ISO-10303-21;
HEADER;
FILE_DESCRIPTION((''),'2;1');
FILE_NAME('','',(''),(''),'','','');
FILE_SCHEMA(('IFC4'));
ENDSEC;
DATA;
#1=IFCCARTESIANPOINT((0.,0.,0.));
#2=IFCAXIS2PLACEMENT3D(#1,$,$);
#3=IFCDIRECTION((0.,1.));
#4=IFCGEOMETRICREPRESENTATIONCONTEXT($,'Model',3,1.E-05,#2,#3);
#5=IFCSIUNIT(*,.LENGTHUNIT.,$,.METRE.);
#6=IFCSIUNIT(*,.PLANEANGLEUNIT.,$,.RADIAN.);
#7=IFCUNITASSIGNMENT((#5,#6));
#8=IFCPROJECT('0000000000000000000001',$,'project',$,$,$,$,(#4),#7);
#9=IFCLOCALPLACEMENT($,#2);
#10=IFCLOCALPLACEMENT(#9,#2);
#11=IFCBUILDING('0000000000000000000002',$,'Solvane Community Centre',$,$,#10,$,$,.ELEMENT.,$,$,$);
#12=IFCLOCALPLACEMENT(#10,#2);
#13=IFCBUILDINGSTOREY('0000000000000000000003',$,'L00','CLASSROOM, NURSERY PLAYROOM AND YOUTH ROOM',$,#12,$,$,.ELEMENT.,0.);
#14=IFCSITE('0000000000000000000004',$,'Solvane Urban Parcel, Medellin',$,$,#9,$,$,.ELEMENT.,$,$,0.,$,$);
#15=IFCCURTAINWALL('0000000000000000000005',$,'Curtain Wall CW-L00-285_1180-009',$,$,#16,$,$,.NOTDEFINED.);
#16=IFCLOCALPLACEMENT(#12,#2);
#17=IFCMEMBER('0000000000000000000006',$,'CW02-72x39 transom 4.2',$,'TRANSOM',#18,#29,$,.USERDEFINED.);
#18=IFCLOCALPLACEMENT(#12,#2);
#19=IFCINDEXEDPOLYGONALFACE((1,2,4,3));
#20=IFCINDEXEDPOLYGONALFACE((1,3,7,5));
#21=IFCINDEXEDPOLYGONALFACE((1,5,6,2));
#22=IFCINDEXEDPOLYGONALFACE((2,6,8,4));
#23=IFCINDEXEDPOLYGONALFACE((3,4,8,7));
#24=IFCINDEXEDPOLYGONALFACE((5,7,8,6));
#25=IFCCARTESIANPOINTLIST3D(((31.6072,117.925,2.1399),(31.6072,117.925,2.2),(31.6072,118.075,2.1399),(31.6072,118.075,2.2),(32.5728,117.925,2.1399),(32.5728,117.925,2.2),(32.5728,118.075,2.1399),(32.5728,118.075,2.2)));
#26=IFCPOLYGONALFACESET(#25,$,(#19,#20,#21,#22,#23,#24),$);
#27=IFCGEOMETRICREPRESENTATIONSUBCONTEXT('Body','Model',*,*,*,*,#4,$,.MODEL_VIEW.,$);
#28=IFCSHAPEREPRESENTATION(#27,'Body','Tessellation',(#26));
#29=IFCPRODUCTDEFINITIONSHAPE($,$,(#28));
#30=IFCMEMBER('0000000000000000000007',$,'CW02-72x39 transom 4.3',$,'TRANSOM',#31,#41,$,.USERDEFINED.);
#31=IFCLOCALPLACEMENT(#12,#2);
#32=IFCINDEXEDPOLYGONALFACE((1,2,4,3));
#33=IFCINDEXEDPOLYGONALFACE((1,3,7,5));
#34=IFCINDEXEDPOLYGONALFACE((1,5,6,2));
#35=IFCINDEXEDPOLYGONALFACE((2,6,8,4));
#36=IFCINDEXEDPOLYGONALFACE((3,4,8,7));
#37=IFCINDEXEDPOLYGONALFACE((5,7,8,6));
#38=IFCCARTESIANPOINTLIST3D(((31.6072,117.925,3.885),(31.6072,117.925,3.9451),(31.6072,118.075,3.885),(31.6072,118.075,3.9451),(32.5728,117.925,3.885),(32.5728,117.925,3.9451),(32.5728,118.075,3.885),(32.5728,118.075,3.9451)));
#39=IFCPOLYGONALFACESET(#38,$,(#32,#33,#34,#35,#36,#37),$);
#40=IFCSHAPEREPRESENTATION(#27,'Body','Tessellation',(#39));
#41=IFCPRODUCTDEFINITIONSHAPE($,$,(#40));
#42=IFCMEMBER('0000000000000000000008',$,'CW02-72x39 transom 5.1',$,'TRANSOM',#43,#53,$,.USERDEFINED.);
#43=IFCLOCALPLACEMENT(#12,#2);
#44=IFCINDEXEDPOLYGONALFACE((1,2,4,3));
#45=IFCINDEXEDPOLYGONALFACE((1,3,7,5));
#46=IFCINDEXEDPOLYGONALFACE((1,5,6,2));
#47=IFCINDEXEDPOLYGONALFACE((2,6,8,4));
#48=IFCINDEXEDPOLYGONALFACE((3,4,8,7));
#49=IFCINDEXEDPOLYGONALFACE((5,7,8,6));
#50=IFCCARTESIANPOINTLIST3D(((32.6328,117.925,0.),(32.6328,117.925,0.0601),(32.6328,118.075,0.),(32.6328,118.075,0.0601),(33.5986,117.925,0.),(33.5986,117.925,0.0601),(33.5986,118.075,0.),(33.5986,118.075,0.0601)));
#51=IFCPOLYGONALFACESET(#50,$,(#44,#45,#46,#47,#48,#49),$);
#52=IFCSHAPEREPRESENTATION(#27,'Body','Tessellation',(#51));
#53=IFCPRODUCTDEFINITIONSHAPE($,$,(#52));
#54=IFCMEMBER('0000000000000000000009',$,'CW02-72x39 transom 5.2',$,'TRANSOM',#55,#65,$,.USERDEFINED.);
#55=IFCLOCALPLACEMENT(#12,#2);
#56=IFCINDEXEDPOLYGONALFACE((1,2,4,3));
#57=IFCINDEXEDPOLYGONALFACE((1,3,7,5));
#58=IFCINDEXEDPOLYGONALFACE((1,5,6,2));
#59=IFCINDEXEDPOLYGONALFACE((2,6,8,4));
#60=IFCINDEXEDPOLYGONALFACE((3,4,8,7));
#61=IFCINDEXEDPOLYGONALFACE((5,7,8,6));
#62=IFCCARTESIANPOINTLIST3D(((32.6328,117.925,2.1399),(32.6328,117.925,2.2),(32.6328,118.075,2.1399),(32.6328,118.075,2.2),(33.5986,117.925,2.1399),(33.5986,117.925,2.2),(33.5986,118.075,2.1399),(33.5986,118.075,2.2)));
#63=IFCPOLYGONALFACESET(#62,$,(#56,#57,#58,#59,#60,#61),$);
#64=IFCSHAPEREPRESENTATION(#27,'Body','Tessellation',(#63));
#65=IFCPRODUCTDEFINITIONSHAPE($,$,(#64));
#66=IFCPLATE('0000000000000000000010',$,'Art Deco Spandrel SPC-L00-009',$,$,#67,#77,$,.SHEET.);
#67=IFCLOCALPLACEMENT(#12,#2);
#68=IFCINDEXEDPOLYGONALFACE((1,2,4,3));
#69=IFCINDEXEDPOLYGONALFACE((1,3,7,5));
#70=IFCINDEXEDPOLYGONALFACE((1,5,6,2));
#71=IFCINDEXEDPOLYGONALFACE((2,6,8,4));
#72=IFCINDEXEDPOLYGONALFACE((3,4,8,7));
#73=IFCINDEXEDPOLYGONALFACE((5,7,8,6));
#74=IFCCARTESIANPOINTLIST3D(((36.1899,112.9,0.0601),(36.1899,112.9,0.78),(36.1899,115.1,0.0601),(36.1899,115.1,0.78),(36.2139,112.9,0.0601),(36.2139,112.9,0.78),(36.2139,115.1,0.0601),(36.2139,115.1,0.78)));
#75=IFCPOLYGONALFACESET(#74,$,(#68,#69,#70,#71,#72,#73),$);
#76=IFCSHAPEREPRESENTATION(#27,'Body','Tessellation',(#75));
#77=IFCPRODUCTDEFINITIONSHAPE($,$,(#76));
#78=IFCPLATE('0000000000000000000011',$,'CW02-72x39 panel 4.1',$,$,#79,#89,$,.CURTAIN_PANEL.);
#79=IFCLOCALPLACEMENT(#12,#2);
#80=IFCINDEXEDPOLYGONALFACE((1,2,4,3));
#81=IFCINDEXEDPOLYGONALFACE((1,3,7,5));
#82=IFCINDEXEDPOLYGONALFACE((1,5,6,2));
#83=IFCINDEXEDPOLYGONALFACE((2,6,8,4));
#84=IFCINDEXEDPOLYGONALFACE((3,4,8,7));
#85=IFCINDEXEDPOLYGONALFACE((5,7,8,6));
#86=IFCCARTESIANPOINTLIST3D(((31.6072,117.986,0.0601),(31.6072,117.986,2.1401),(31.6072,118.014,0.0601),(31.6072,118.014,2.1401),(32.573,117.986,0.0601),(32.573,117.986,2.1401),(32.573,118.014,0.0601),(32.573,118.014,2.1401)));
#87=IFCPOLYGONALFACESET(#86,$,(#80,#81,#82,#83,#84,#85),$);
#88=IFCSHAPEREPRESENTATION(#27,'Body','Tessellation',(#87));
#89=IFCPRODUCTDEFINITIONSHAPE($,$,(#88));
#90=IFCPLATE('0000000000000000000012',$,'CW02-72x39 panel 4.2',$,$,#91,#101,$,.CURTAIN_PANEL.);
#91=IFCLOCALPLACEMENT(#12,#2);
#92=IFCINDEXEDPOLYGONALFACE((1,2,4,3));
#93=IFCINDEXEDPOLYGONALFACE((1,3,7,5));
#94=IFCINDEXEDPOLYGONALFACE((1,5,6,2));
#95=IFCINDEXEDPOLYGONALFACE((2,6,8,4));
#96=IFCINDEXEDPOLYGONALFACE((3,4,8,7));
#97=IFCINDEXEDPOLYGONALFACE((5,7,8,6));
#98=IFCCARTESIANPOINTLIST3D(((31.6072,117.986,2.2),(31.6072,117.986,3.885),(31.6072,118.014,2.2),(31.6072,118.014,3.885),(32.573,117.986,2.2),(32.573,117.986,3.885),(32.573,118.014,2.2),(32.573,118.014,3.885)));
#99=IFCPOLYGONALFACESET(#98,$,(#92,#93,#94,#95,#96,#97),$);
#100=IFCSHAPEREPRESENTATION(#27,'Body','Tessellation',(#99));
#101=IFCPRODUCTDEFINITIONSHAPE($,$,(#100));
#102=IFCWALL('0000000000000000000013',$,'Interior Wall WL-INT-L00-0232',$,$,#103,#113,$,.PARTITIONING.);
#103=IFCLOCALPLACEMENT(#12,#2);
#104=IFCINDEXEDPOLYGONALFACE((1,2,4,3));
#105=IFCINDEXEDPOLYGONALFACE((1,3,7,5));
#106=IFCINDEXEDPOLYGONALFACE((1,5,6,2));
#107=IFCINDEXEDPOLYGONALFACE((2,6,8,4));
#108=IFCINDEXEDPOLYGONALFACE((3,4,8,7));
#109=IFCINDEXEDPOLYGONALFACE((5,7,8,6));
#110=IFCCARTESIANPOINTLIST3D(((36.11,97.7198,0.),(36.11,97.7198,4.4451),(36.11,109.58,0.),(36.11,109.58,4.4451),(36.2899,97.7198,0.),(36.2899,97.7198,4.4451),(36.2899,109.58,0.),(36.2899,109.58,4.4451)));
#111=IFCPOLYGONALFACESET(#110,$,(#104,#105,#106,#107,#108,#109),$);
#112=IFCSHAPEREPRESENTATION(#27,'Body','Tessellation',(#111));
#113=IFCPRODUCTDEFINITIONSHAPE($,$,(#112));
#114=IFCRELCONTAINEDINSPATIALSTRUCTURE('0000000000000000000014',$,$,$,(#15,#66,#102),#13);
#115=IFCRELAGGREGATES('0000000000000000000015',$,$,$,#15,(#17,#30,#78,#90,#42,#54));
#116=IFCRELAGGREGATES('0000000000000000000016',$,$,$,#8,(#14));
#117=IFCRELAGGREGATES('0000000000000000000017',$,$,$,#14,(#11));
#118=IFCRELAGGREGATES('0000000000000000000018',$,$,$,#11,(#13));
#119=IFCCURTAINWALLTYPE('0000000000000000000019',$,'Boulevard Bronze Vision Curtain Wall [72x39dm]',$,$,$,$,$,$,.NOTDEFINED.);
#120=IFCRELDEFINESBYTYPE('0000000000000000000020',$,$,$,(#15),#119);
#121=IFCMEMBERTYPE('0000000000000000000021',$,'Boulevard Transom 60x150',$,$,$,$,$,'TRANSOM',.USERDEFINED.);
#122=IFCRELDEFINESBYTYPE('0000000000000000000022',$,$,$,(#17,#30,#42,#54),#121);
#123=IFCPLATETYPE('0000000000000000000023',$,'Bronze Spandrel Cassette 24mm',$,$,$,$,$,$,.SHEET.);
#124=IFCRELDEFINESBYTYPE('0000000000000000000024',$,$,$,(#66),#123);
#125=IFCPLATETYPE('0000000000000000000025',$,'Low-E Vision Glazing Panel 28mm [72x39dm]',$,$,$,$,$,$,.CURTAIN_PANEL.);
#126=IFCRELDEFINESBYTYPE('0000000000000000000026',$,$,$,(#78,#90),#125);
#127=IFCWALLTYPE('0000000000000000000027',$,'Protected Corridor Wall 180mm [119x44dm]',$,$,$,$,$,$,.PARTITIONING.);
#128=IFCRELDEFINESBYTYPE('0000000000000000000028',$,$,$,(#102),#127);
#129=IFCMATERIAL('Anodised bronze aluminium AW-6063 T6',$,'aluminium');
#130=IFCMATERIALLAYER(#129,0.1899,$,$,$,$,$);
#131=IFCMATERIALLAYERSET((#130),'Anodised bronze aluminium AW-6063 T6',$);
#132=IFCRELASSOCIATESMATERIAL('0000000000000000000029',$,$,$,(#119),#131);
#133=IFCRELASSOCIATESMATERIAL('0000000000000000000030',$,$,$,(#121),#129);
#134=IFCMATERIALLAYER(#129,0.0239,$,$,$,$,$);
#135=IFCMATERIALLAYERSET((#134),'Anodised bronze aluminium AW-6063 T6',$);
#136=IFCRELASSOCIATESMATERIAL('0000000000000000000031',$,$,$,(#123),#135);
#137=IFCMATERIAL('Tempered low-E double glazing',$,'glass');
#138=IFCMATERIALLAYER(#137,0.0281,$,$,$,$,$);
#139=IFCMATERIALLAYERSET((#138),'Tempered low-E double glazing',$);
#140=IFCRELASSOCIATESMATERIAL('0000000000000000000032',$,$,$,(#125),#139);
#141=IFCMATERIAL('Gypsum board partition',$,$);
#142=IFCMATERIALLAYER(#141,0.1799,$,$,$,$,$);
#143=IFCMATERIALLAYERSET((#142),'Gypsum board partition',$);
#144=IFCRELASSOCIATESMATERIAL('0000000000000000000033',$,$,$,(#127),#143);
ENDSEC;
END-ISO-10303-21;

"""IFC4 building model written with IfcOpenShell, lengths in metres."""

from ifc_helpers import new_model, si_unit, direction, frame, frame_2d, origin, origin_2d, place, context, subcontext, project, spatial, rectangle, extrude, material, layer, layer_set, material_profile, profile_set, type_object, element, aggregate, save


model = new_model("IFC4")

# Units and contexts
model_context = context("Model", 3, precision=1e-05, world=origin(), true_north=direction((0.0, 1.0)))
body_context = subcontext(model_context, "Body", "Model", "MODEL_VIEW")
ifc_project = project(units=[si_unit("LENGTHUNIT", "METRE"), si_unit("PLANEANGLEUNIT", "RADIAN")], contexts=[model_context])

# Site, building, storey
site_placement = place(None, origin())
site = spatial("IfcSite", under=ifc_project, at=site_placement, Name="Solvane Urban Parcel, Medellin", CompositionType="ELEMENT", RefElevation=0.0)
building_placement = place(site_placement, origin())
building = spatial("IfcBuilding", under=site, at=building_placement, Name="Solvane Community Centre", CompositionType="ELEMENT")
storey_placement = place(building_placement, origin())
storey = spatial("IfcBuildingStorey", under=building, at=storey_placement, Name="L00", Description="CLASSROOM, NURSERY PLAYROOM AND YOUTH ROOM", CompositionType="ELEMENT", Elevation=0.0)

# Curtain wall, members
ifc_material_1 = material(Name="Anodised bronze aluminium AW-6063 T6", Category="aluminium")
ifc_layer_1 = layer(ifc_material_1, 0.1899)
ifc_layer_set_1 = layer_set([ifc_layer_1], Name="Anodised bronze aluminium AW-6063 T6")
curtain_wall_type = type_object("IfcCurtainWallType", Name="Boulevard Bronze Vision Curtain Wall [72x39dm]", PredefinedType="NOTDEFINED", material=ifc_layer_set_1)
curtain_wall_placement = place(storey_placement, origin())
curtain_wall = element("IfcCurtainWall", 1, at=curtain_wall_placement, inside=storey, type_object=curtain_wall_type, Name="Curtain Wall CW-L00-285_1180-009", PredefinedType="NOTDEFINED")
ifc_material_profile_1 = material_profile(ifc_material_1, rectangle(XDim=0.1499, YDim=0.0601, at=origin_2d()), Name="CW-T 60x150")
ifc_profile_set_1 = profile_set([ifc_material_profile_1], Name="Anodised bronze aluminium AW-6063 T6")
member_type_1 = type_object("IfcMemberType", Name="Boulevard Transom 60x150", ElementType="TRANSOM", PredefinedType="USERDEFINED", material=ifc_profile_set_1)
member_1_placement = place(storey_placement, frame((31.6072, 118.0, 2.1699), z_axis=(1.0, 0.0, 0.0), x_axis=(0.0, 1.0, 0.0)))
member_1 = element("IfcMember", 2, at=member_1_placement, type_object=member_type_1, Name="CW02-72x39 transom 4.2", ObjectType="TRANSOM", PredefinedType="USERDEFINED", context=body_context, shape_type="SweptSolid", body=[
    extrude(rectangle(XDim=0.1499, YDim=0.0601, at=origin_2d()), origin(), (0.0, 0.0, 1.0), 0.9656),
])
member_2_placement = place(storey_placement, frame((31.6072, 118.0, 3.915), z_axis=(1.0, 0.0, 0.0), x_axis=(0.0, 1.0, 0.0)))
member_2 = element("IfcMember", 3, at=member_2_placement, type_object=member_type_1, Name="CW02-72x39 transom 4.3", ObjectType="TRANSOM", PredefinedType="USERDEFINED", context=body_context, shape_type="SweptSolid", body=[
    extrude(rectangle(XDim=0.1499, YDim=0.0601, at=origin_2d()), origin(), (0.0, 0.0, 1.0), 0.9656),
])
member_3_placement = place(storey_placement, frame((32.6328, 118.0, 0.03), z_axis=(1.0, 0.0, 0.0), x_axis=(0.0, 1.0, 0.0)))
member_3 = element("IfcMember", 4, at=member_3_placement, type_object=member_type_1, Name="CW02-72x39 transom 5.1", ObjectType="TRANSOM", PredefinedType="USERDEFINED", context=body_context, shape_type="SweptSolid", body=[
    extrude(rectangle(XDim=0.1499, YDim=0.0601, at=origin_2d()), origin(), (0.0, 0.0, 1.0), 0.9658),
])
member_4_placement = place(storey_placement, frame((32.6328, 118.0, 2.1699), z_axis=(1.0, 0.0, 0.0), x_axis=(0.0, 1.0, 0.0)))
member_4 = element("IfcMember", 5, at=member_4_placement, type_object=member_type_1, Name="CW02-72x39 transom 5.2", ObjectType="TRANSOM", PredefinedType="USERDEFINED", context=body_context, shape_type="SweptSolid", body=[
    extrude(rectangle(XDim=0.1499, YDim=0.0601, at=origin_2d()), origin(), (0.0, 0.0, 1.0), 0.9658),
])

# Plates
ifc_layer_2 = layer(ifc_material_1, 0.0239)
ifc_layer_set_2 = layer_set([ifc_layer_2], Name="Anodised bronze aluminium AW-6063 T6")
plate_type_1 = type_object("IfcPlateType", Name="Bronze Spandrel Cassette 24mm", PredefinedType="SHEET", material=ifc_layer_set_2)
plate_1_placement = place(storey_placement, frame((36.2019, 114.0, 0.0601), z_axis=(0.0, 0.0, 1.0), x_axis=(0.0, -1.0, 0.0)))
element("IfcPlate", 6, at=plate_1_placement, inside=storey, type_object=plate_type_1, Name="Art Deco Spandrel SPC-L00-009", PredefinedType="SHEET", context=body_context, shape_type="SweptSolid", body=[
    extrude(rectangle(XDim=2.2, YDim=0.0239, at=origin_2d()), origin(), (0.0, 0.0, 1.0), 0.72),
])
ifc_material_2 = material(Name="Tempered low-E double glazing", Category="glass")
ifc_layer_3 = layer(ifc_material_2, 0.0281)
ifc_layer_set_3 = layer_set([ifc_layer_3], Name="Tempered low-E double glazing")
plate_type_2 = type_object("IfcPlateType", Name="Low-E Vision Glazing Panel 28mm [72x39dm]", PredefinedType="CURTAIN_PANEL", material=ifc_layer_set_3)
plate_2_placement = place(storey_placement, frame((32.0901, 118.0, 0.0601), z_axis=(0.0, 0.0, 1.0), x_axis=(1.0, 0.0, 0.0)))
plate_2 = element("IfcPlate", 7, at=plate_2_placement, type_object=plate_type_2, Name="CW02-72x39 panel 4.1", PredefinedType="CURTAIN_PANEL", context=body_context, shape_type="SweptSolid", body=[
    extrude(rectangle(XDim=0.9658, YDim=0.0281, at=origin_2d()), origin(), (0.0, 0.0, 1.0), 2.0801),
])
plate_3_placement = place(storey_placement, frame((32.0901, 118.0, 2.2), z_axis=(0.0, 0.0, 1.0), x_axis=(1.0, 0.0, 0.0)))
plate_3 = element("IfcPlate", 8, at=plate_3_placement, type_object=plate_type_2, Name="CW02-72x39 panel 4.2", PredefinedType="CURTAIN_PANEL", context=body_context, shape_type="SweptSolid", body=[
    extrude(rectangle(XDim=0.9658, YDim=0.0281, at=origin_2d()), origin(), (0.0, 0.0, 1.0), 1.6851),
])
aggregate(curtain_wall, [member_1, member_2, plate_2, plate_3, member_3, member_4])

# Wall
ifc_material_3 = material(Name="Gypsum board partition")
ifc_layer_4 = layer(ifc_material_3, 0.1799)
ifc_layer_set_4 = layer_set([ifc_layer_4], Name="Gypsum board partition")
wall_type_1 = type_object("IfcWallType", Name="Protected Corridor Wall 180mm [119x44dm]", PredefinedType="PARTITIONING", material=ifc_layer_set_4)
wall_1_placement = place(storey_placement, frame((36.2, 109.5801, 0.0), z_axis=(0.0, 0.0, 1.0), x_axis=(0.0, -1.0, 0.0)))
element("IfcWall", 9, at=wall_1_placement, inside=storey, type_object=wall_type_1, Name="Interior Wall WL-INT-L00-0232", PredefinedType="PARTITIONING", context=body_context, shape_type="SweptSolid", body=[
    extrude(rectangle(XDim=11.8601, YDim=0.1799, at=frame_2d((5.9302, 0.0))), origin(), (0.0, 0.0, 1.0), 4.4451),
])

save(model, "model.ifc")
